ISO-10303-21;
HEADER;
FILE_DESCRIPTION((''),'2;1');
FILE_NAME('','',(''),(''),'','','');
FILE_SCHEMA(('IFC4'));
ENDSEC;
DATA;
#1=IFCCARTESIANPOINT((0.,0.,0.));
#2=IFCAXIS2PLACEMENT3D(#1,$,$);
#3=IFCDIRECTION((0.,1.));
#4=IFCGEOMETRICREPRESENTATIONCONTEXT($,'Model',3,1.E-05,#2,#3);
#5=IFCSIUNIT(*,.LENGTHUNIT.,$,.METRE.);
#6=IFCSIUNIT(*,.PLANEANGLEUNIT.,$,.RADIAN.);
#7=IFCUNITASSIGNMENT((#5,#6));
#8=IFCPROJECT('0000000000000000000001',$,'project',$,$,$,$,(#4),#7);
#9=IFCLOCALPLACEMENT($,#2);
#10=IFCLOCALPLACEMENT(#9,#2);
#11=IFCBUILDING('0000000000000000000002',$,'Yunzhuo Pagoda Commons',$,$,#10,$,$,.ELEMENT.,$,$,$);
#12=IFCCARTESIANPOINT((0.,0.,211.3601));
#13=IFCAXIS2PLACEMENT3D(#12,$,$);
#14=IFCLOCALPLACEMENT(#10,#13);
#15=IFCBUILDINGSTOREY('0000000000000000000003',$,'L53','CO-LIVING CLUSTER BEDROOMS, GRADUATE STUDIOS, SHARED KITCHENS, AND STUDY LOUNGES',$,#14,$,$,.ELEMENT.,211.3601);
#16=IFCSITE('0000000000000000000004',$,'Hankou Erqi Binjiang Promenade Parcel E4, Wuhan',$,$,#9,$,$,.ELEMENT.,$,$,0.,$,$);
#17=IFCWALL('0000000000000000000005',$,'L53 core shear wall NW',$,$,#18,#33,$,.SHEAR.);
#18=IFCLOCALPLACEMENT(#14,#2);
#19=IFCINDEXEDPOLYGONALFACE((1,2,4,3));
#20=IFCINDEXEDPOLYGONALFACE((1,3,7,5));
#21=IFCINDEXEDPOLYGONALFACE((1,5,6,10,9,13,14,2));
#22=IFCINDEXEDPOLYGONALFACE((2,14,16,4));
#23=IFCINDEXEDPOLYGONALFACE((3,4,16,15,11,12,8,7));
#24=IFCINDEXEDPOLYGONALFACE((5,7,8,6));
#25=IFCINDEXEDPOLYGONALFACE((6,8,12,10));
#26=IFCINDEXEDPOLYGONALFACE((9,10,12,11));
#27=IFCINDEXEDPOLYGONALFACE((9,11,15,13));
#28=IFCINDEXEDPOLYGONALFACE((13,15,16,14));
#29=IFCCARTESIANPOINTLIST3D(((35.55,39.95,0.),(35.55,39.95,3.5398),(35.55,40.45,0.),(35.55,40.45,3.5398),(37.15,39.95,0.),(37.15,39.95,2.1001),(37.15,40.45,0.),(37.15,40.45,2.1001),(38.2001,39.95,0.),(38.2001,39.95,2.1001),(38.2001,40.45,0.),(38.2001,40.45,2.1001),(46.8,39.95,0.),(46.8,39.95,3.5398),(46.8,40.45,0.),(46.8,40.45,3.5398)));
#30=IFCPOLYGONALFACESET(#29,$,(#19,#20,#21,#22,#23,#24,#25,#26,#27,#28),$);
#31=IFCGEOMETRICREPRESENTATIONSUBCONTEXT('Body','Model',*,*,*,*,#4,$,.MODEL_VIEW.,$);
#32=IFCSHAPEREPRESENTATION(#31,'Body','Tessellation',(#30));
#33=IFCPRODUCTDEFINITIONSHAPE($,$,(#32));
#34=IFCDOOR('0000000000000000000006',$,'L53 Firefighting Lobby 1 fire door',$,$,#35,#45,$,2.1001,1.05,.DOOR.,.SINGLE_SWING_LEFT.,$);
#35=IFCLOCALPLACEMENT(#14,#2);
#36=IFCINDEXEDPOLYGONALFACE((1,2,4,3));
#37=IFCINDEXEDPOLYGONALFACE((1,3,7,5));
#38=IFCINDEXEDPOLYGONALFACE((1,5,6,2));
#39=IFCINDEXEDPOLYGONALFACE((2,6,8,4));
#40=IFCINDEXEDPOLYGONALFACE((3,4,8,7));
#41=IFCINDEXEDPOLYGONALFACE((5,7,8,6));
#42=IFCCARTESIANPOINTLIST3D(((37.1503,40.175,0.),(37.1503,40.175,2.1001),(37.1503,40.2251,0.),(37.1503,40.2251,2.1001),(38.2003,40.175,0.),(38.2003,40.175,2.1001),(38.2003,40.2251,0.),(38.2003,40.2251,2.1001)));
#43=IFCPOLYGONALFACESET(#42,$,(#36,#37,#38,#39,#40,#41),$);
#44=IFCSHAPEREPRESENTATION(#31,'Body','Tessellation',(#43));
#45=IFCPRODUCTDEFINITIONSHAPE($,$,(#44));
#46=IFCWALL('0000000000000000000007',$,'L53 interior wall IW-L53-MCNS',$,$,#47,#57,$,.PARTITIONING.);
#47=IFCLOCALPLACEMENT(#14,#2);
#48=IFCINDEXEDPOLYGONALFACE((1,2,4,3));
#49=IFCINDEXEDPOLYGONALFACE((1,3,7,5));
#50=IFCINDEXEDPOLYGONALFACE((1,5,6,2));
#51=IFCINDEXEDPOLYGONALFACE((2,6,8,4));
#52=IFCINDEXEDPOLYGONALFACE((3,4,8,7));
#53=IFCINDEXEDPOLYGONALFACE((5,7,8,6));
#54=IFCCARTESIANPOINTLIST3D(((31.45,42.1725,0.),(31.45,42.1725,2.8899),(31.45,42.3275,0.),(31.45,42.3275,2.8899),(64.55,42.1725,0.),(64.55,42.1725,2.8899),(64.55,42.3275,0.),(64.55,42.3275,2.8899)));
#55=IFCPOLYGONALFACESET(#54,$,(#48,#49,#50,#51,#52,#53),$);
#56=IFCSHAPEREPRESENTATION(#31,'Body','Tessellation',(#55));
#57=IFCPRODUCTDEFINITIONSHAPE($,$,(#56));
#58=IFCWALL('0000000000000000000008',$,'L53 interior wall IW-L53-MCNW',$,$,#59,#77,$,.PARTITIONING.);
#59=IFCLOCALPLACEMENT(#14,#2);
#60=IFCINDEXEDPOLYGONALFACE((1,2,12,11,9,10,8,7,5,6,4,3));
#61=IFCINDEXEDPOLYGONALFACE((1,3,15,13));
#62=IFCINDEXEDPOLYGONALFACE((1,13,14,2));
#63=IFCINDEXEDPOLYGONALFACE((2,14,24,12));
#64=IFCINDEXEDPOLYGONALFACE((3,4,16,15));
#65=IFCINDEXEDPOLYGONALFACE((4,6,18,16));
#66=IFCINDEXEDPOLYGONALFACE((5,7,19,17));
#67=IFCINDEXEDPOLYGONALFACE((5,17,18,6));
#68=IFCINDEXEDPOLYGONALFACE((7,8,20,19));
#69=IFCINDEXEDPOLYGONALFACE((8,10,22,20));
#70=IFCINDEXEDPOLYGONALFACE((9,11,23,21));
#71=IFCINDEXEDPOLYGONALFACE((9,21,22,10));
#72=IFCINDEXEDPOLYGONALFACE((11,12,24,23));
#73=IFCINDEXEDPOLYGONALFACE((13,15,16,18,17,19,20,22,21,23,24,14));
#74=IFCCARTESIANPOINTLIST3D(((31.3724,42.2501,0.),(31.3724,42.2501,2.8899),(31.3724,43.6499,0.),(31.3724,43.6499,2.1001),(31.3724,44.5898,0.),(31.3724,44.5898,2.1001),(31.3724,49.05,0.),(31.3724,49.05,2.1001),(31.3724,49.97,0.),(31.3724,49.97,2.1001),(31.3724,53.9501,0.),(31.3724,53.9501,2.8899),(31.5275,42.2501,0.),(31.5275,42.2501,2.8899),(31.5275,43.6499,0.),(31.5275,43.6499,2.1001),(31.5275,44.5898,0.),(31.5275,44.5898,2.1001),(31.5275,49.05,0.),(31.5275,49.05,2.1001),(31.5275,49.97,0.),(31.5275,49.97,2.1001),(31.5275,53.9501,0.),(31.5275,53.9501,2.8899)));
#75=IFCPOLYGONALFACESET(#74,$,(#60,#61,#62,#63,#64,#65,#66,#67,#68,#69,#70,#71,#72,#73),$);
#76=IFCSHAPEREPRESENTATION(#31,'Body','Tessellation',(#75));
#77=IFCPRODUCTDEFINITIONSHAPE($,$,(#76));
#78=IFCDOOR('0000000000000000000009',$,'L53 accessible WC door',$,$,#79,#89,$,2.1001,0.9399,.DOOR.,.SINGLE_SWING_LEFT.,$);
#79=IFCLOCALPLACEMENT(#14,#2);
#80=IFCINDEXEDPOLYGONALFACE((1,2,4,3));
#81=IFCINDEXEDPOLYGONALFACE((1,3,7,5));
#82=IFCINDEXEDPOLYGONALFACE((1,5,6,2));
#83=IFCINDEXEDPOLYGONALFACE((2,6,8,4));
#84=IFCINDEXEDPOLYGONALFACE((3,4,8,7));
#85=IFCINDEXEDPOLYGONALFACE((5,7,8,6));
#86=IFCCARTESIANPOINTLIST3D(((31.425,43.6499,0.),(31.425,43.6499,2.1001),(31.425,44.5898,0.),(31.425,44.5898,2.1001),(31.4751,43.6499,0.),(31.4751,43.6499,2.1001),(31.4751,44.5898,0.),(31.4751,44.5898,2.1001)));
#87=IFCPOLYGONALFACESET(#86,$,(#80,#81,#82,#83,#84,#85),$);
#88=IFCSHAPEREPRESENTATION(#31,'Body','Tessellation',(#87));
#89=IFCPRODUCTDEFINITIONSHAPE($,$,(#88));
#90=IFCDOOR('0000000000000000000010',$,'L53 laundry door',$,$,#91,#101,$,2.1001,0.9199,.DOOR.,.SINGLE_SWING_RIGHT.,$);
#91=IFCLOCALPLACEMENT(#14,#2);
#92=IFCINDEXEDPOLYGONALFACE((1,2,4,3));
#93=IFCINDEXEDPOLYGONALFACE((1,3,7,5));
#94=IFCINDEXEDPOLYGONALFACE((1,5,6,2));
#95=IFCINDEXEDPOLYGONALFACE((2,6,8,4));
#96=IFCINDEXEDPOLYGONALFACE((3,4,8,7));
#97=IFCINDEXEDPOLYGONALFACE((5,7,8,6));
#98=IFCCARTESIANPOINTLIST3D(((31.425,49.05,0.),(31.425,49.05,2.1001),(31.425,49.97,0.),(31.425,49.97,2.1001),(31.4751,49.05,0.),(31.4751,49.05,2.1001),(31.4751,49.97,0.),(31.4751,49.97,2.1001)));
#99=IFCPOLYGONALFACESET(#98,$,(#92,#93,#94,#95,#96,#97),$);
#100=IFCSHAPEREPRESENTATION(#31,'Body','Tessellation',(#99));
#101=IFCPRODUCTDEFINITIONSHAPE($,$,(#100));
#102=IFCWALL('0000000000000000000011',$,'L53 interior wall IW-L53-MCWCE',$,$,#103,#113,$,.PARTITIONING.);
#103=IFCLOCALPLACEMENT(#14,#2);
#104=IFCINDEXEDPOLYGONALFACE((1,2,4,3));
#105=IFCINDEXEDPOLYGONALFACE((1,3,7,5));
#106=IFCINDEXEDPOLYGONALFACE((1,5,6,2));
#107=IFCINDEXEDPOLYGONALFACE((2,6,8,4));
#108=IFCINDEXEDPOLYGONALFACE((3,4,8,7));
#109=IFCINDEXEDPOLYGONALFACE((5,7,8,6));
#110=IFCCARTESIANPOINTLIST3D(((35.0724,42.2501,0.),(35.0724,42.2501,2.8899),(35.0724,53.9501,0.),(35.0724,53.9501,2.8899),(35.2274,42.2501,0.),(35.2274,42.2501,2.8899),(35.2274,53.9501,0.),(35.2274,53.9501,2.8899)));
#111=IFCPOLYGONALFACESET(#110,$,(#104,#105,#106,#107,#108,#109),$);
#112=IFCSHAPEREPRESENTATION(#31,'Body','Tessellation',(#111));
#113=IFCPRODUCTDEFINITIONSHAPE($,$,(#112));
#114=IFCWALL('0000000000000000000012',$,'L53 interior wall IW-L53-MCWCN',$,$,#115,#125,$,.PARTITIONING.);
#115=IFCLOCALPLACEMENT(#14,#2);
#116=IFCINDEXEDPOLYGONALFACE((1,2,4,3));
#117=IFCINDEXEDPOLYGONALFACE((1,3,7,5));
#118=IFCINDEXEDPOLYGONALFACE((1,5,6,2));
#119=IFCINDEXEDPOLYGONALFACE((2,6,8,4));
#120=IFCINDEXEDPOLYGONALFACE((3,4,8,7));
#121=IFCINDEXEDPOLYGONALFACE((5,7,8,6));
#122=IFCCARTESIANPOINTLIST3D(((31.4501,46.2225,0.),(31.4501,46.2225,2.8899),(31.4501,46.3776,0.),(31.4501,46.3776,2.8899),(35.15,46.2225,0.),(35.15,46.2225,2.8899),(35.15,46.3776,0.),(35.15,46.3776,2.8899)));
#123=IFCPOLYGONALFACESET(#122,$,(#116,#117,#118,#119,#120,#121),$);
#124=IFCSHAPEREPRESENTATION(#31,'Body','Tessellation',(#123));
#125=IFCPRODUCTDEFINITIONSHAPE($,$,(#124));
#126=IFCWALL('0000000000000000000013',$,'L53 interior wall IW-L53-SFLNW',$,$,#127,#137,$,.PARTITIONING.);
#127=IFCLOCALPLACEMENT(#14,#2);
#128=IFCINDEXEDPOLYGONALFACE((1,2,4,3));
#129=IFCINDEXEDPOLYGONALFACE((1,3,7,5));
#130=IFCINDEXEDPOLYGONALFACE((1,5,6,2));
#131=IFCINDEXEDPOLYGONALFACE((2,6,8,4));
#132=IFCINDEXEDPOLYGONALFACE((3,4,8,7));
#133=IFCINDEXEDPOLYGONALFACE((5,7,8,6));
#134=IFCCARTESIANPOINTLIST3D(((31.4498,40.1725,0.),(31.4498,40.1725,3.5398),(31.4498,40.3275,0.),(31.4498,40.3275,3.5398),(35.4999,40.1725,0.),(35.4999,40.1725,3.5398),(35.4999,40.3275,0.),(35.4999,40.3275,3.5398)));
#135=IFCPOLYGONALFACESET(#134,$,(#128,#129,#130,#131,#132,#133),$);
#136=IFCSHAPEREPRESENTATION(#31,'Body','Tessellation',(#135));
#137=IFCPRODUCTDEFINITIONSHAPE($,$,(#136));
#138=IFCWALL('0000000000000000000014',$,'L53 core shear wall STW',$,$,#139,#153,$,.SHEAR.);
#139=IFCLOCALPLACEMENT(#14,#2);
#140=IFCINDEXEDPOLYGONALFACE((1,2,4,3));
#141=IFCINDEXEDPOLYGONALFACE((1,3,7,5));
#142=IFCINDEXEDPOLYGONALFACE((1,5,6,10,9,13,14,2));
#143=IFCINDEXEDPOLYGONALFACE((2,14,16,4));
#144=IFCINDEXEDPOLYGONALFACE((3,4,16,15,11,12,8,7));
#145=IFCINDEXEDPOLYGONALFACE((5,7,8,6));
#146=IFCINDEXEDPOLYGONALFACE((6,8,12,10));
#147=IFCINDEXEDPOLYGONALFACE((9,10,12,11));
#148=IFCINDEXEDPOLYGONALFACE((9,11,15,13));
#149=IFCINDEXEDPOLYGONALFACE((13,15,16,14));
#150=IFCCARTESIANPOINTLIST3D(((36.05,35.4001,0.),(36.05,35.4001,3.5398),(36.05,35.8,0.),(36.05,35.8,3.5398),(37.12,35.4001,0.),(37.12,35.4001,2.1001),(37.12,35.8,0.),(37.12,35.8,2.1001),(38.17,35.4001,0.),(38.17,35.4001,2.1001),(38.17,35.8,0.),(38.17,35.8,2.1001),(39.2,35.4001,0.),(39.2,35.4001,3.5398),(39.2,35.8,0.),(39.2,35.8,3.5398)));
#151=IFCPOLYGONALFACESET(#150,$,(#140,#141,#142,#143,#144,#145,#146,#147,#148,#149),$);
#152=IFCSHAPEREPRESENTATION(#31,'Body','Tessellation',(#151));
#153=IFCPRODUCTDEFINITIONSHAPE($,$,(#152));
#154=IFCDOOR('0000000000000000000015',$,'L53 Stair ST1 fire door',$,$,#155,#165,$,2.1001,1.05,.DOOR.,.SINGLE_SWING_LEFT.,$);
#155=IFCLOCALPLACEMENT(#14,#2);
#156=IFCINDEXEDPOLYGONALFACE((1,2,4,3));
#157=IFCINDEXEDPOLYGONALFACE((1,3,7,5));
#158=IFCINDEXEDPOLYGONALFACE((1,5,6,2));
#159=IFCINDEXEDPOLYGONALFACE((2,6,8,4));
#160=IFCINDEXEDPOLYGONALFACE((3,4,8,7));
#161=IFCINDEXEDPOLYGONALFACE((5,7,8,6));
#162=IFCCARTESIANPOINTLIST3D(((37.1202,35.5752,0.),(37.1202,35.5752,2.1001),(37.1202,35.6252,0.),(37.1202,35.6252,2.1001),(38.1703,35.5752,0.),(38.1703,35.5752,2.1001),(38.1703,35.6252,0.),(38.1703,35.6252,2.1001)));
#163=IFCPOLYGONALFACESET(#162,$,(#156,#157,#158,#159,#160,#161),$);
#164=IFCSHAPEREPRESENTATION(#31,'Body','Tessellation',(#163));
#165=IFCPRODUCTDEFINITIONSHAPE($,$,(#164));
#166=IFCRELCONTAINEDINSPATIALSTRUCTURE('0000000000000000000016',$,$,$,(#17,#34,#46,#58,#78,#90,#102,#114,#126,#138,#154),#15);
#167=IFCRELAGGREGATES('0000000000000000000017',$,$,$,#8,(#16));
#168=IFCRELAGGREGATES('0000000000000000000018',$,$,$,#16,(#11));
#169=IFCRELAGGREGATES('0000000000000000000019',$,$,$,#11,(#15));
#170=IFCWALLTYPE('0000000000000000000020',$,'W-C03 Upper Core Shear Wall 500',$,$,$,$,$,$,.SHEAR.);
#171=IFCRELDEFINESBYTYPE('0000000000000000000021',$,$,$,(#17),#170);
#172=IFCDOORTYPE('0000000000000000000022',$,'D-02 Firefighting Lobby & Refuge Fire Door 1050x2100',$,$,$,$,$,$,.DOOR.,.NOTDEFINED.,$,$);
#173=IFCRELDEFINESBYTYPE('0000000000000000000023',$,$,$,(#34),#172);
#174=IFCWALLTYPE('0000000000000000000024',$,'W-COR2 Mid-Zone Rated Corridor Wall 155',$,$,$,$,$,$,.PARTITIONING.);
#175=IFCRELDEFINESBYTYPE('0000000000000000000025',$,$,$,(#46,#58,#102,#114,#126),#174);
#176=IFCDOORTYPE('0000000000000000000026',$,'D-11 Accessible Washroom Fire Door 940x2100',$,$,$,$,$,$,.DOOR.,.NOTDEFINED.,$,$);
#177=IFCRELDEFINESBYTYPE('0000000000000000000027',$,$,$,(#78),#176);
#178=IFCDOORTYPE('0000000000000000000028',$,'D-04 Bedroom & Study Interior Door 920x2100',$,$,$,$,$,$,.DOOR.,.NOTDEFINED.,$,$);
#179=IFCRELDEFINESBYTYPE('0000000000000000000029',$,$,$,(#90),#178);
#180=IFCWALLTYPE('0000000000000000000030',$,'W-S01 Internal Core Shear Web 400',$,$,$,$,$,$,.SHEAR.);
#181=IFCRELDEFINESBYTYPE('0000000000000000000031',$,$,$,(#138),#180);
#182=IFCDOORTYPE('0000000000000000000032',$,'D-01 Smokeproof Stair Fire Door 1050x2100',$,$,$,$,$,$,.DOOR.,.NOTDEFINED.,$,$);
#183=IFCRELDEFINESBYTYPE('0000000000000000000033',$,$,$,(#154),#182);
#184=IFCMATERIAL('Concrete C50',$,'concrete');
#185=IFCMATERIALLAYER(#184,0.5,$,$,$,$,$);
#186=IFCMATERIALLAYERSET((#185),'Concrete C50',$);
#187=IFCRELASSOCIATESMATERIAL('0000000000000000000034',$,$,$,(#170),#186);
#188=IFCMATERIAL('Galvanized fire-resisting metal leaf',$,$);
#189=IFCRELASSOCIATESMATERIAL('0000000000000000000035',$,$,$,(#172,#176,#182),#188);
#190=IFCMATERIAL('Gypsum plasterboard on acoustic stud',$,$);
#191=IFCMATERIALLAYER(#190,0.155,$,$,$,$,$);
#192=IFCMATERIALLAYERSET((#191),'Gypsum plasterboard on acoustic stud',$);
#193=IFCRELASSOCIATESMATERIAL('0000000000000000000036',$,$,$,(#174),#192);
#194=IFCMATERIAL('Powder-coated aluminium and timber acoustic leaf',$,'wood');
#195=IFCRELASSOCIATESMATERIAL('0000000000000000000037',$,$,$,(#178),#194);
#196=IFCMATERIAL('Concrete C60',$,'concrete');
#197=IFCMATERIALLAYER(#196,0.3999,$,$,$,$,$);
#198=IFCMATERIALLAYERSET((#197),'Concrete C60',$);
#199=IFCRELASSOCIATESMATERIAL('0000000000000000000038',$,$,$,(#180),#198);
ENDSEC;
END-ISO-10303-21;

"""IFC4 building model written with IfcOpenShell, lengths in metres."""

from ifc_helpers import new_model, si_unit, direction, frame, frame_2d, origin, origin_with_axes, place, context, subcontext, project, spatial, rectangle, extrude, source, transform, mapped, material, layer, layer_set, type_object, element, fill, save


model = new_model("IFC4")

# Units and contexts
model_context = context("Model", 3, precision=1e-05, world=origin(), true_north=direction((0.0, 1.0)))
body_context = subcontext(model_context, "Body", "Model", "MODEL_VIEW")
ifc_project = project(units=[si_unit("LENGTHUNIT", "METRE"), si_unit("PLANEANGLEUNIT", "RADIAN")], contexts=[model_context])

# Site, building, storey
site_placement = place(None, origin())
site = spatial("IfcSite", under=ifc_project, at=site_placement, Name="Hankou Erqi Binjiang Promenade Parcel E4, Wuhan", CompositionType="ELEMENT", RefElevation=0.0)
building_placement = place(site_placement, origin())
building = spatial("IfcBuilding", under=site, at=building_placement, Name="Yunzhuo Pagoda Commons", CompositionType="ELEMENT")
storey_placement = place(building_placement, frame((0.0, 0.0, 211.3601)))
storey = spatial("IfcBuildingStorey", under=building, at=storey_placement, Name="L53", Description="CO-LIVING CLUSTER BEDROOMS, GRADUATE STUDIOS, SHARED KITCHENS, AND STUDY LOUNGES", CompositionType="ELEMENT", Elevation=211.3601)

# Wall, opening, door
ifc_material_1 = material(Name="Concrete C50", Category="concrete")
ifc_layer_1 = layer(ifc_material_1, 0.5)
ifc_layer_set_1 = layer_set([ifc_layer_1], Name="Concrete C50")
wall_type_1 = type_object("IfcWallType", Name="W-C03 Upper Core Shear Wall 500", PredefinedType="SHEAR", material=ifc_layer_set_1)
wall_1_placement = place(storey_placement, frame((35.55, 40.2, 0.0), z_axis=(0.0, 0.0, 1.0), x_axis=(1.0, 0.0, 0.0)))
wall_1 = element("IfcWall", 1, at=wall_1_placement, inside=storey, type_object=wall_type_1, Name="L53 core shear wall NW", PredefinedType="SHEAR", context=body_context, shape_type="SweptSolid", body=[
    extrude(rectangle(XDim=11.25, YDim=0.5, at=frame_2d((5.625, 0.0))), origin(), (0.0, 0.0, 1.0), 3.5398),
])
opening_1_placement = place(wall_1_placement, frame((1.6001, 0.0, 0.0)))
opening_1 = element("IfcOpeningElement", 2, at=opening_1_placement, cuts=wall_1, PredefinedType="OPENING", context=body_context, shape_type="SweptSolid", body=[
    extrude(rectangle(XDim=1.05, YDim=2.1001, at=frame_2d((0.5249, 1.05))), frame((0.0, 0.26, 0.0), z_axis=(0.0, -1.0, 0.0), x_axis=(1.0, 0.0, 0.0)), (0.0, 0.0, 1.0), 0.52),
])
ifc_material_2 = material(Name="Galvanized fire-resisting metal leaf")
door_type_1 = type_object("IfcDoorType", Name="D-02 Firefighting Lobby & Refuge Fire Door 1050x2100", OperationType="NOTDEFINED", PredefinedType="DOOR", material=ifc_material_2)
shared_shape_1 = source(origin(), body_context, "Body", "SweptSolid", [
    extrude(rectangle(XDim=1.05, YDim=2.1001, at=frame_2d((0.5249, 1.05))), frame((0.0, 0.0249, 0.0), z_axis=(0.0, -1.0, 0.0), x_axis=(1.0, 0.0, 0.0)), (0.0, 0.0, 1.0), 0.05),
])
door_1_placement = place(opening_1_placement, frame((1.05, 0.0, 0.0), z_axis=(0.0, 0.0, 1.0), x_axis=(-1.0, 0.0, 0.0)))
door_1 = element("IfcDoor", 3, at=door_1_placement, inside=storey, type_object=door_type_1, Name="L53 Firefighting Lobby 1 fire door", OperationType="SINGLE_SWING_LEFT", OverallHeight=2.1001, OverallWidth=1.05, PredefinedType="DOOR", context=body_context, shape_type="MappedRepresentation", body=[
    mapped(shared_shape_1, transform((0.0, 0.0, 0.0), scale=1.0)),
])
fill(opening_1, door_1)

# Wall
ifc_material_3 = material(Name="Gypsum plasterboard on acoustic stud")
ifc_layer_2 = layer(ifc_material_3, 0.155)
ifc_layer_set_2 = layer_set([ifc_layer_2], Name="Gypsum plasterboard on acoustic stud")
wall_type_2 = type_object("IfcWallType", Name="W-COR2 Mid-Zone Rated Corridor Wall 155", PredefinedType="PARTITIONING", material=ifc_layer_set_2)
wall_2_placement = place(storey_placement, frame((31.45, 42.25, 0.0), z_axis=(0.0, 0.0, 1.0), x_axis=(1.0, 0.0, 0.0)))
element("IfcWall", 4, at=wall_2_placement, inside=storey, type_object=wall_type_2, Name="L53 interior wall IW-L53-MCNS", PredefinedType="PARTITIONING", context=body_context, shape_type="SweptSolid", body=[
    extrude(rectangle(XDim=33.1001, YDim=0.155, at=frame_2d((16.55, 0.0))), origin(), (0.0, 0.0, 1.0), 2.8899),
])

# Wall, openings, doors
wall_3_placement = place(storey_placement, frame((31.45, 42.25, 0.0), z_axis=(0.0, 0.0, 1.0), x_axis=(0.0, 1.0, 0.0)))
wall_3 = element("IfcWall", 5, at=wall_3_placement, inside=storey, type_object=wall_type_2, Name="L53 interior wall IW-L53-MCNW", PredefinedType="PARTITIONING", context=body_context, shape_type="SweptSolid", body=[
    extrude(rectangle(XDim=11.7, YDim=0.155, at=frame_2d((5.8501, 0.0))), origin(), (0.0, 0.0, 1.0), 2.8899),
])
opening_2_placement = place(wall_3_placement, frame((1.3999, 0.0, 0.0)))
opening_2 = element("IfcOpeningElement", 6, at=opening_2_placement, cuts=wall_3, PredefinedType="OPENING", context=body_context, shape_type="SweptSolid", body=[
    extrude(rectangle(XDim=0.9399, YDim=2.1001, at=frame_2d((0.47, 1.05))), frame((0.0, 0.0874, 0.0), z_axis=(0.0, -1.0, 0.0), x_axis=(1.0, 0.0, 0.0)), (0.0, 0.0, 1.0), 0.175),
])
opening_3_placement = place(wall_3_placement, frame((6.8, 0.0, 0.0)))
opening_3 = element("IfcOpeningElement", 7, at=opening_3_placement, cuts=wall_3, PredefinedType="OPENING", context=body_context, shape_type="SweptSolid", body=[
    extrude(rectangle(XDim=0.9199, YDim=2.1001, at=frame_2d((0.46, 1.05))), frame((0.0, 0.0874, 0.0), z_axis=(0.0, -1.0, 0.0), x_axis=(1.0, 0.0, 0.0)), (0.0, 0.0, 1.0), 0.175),
])
door_type_2 = type_object("IfcDoorType", Name="D-11 Accessible Washroom Fire Door 940x2100", OperationType="NOTDEFINED", PredefinedType="DOOR", material=ifc_material_2)
shared_shape_2 = source(origin(), body_context, "Body", "SweptSolid", [
    extrude(rectangle(XDim=0.9399, YDim=2.1001, at=frame_2d((0.47, 1.05))), frame((0.0, 0.0249, 0.0), z_axis=(0.0, -1.0, 0.0), x_axis=(1.0, 0.0, 0.0)), (0.0, 0.0, 1.0), 0.05),
])
door_2_placement = place(opening_2_placement, origin_with_axes())
door_2 = element("IfcDoor", 8, at=door_2_placement, inside=storey, type_object=door_type_2, Name="L53 accessible WC door", OperationType="SINGLE_SWING_LEFT", OverallHeight=2.1001, OverallWidth=0.9399, PredefinedType="DOOR", context=body_context, shape_type="MappedRepresentation", body=[
    mapped(shared_shape_2, transform((0.0, 0.0, 0.0), scale=1.0)),
])
fill(opening_2, door_2)
ifc_material_4 = material(Name="Powder-coated aluminium and timber acoustic leaf", Category="wood")
door_type_3 = type_object("IfcDoorType", Name="D-04 Bedroom & Study Interior Door 920x2100", OperationType="NOTDEFINED", PredefinedType="DOOR", material=ifc_material_4)
shared_shape_3 = source(origin(), body_context, "Body", "SweptSolid", [
    extrude(rectangle(XDim=0.9199, YDim=2.1001, at=frame_2d((0.46, 1.05))), frame((0.0, 0.0249, 0.0), z_axis=(0.0, -1.0, 0.0), x_axis=(1.0, 0.0, 0.0)), (0.0, 0.0, 1.0), 0.05),
])
door_3_placement = place(opening_3_placement, origin_with_axes())
door_3 = element("IfcDoor", 9, at=door_3_placement, inside=storey, type_object=door_type_3, Name="L53 laundry door", OperationType="SINGLE_SWING_RIGHT", OverallHeight=2.1001, OverallWidth=0.9199, PredefinedType="DOOR", context=body_context, shape_type="MappedRepresentation", body=[
    mapped(shared_shape_3, transform((0.0, 0.0, 0.0), scale=1.0)),
])
fill(opening_3, door_3)

# Walls
wall_4_placement = place(storey_placement, frame((35.1499, 42.25, 0.0), z_axis=(0.0, 0.0, 1.0), x_axis=(0.0, 1.0, 0.0)))
element("IfcWall", 10, at=wall_4_placement, inside=storey, type_object=wall_type_2, Name="L53 interior wall IW-L53-MCWCE", PredefinedType="PARTITIONING", context=body_context, shape_type="SweptSolid", body=[
    extrude(rectangle(XDim=11.7, YDim=0.155, at=frame_2d((5.8501, 0.0))), origin(), (0.0, 0.0, 1.0), 2.8899),
])
wall_5_placement = place(storey_placement, frame((31.45, 46.3, 0.0), z_axis=(0.0, 0.0, 1.0), x_axis=(1.0, 0.0, 0.0)))
element("IfcWall", 11, at=wall_5_placement, inside=storey, type_object=wall_type_2, Name="L53 interior wall IW-L53-MCWCN", PredefinedType="PARTITIONING", context=body_context, shape_type="SweptSolid", body=[
    extrude(rectangle(XDim=3.7, YDim=0.155, at=frame_2d((1.8501, 0.0))), origin(), (0.0, 0.0, 1.0), 2.8899),
])
wall_6_placement = place(storey_placement, frame((31.45, 40.25, 0.0), z_axis=(0.0, 0.0, 1.0), x_axis=(1.0, 0.0, 0.0)))
element("IfcWall", 12, at=wall_6_placement, inside=storey, type_object=wall_type_2, Name="L53 interior wall IW-L53-SFLNW", PredefinedType="PARTITIONING", context=body_context, shape_type="SweptSolid", body=[
    extrude(rectangle(XDim=4.05, YDim=0.155, at=frame_2d((2.0249, 0.0))), origin(), (0.0, 0.0, 1.0), 3.5398),
])

# Wall, opening, door
ifc_material_5 = material(Name="Concrete C60", Category="concrete")
ifc_layer_3 = layer(ifc_material_5, 0.3999)
ifc_layer_set_3 = layer_set([ifc_layer_3], Name="Concrete C60")
wall_type_3 = type_object("IfcWallType", Name="W-S01 Internal Core Shear Web 400", PredefinedType="SHEAR", material=ifc_layer_set_3)
wall_7_placement = place(storey_placement, frame((36.05, 35.6001, 0.0), z_axis=(0.0, 0.0, 1.0), x_axis=(1.0, 0.0, 0.0)))
wall_7 = element("IfcWall", 13, at=wall_7_placement, inside=storey, type_object=wall_type_3, Name="L53 core shear wall STW", PredefinedType="SHEAR", context=body_context, shape_type="SweptSolid", body=[
    extrude(rectangle(XDim=3.1499, YDim=0.3999, at=frame_2d((1.575, 0.0))), origin(), (0.0, 0.0, 1.0), 3.5398),
])
opening_4_placement = place(wall_7_placement, frame((1.0701, 0.0, 0.0)))
opening_4 = element("IfcOpeningElement", 14, at=opening_4_placement, cuts=wall_7, PredefinedType="OPENING", context=body_context, shape_type="SweptSolid", body=[
    extrude(rectangle(XDim=1.05, YDim=2.1001, at=frame_2d((0.5249, 1.05))), frame((0.0, 0.21, 0.0), z_axis=(0.0, -1.0, 0.0), x_axis=(1.0, 0.0, 0.0)), (0.0, 0.0, 1.0), 0.4199),
])
door_type_4 = type_object("IfcDoorType", Name="D-01 Smokeproof Stair Fire Door 1050x2100", OperationType="NOTDEFINED", PredefinedType="DOOR", material=ifc_material_2)
door_4_placement = place(opening_4_placement, frame((1.05, 0.0, 0.0), z_axis=(0.0, 0.0, 1.0), x_axis=(-1.0, 0.0, 0.0)))
door_4 = element("IfcDoor", 15, at=door_4_placement, inside=storey, type_object=door_type_4, Name="L53 Stair ST1 fire door", OperationType="SINGLE_SWING_LEFT", OverallHeight=2.1001, OverallWidth=1.05, PredefinedType="DOOR", context=body_context, shape_type="MappedRepresentation", body=[
    mapped(shared_shape_1, transform((0.0, 0.0, 0.0), scale=1.0)),
])
fill(opening_4, door_4)

save(model, "model.ifc")
